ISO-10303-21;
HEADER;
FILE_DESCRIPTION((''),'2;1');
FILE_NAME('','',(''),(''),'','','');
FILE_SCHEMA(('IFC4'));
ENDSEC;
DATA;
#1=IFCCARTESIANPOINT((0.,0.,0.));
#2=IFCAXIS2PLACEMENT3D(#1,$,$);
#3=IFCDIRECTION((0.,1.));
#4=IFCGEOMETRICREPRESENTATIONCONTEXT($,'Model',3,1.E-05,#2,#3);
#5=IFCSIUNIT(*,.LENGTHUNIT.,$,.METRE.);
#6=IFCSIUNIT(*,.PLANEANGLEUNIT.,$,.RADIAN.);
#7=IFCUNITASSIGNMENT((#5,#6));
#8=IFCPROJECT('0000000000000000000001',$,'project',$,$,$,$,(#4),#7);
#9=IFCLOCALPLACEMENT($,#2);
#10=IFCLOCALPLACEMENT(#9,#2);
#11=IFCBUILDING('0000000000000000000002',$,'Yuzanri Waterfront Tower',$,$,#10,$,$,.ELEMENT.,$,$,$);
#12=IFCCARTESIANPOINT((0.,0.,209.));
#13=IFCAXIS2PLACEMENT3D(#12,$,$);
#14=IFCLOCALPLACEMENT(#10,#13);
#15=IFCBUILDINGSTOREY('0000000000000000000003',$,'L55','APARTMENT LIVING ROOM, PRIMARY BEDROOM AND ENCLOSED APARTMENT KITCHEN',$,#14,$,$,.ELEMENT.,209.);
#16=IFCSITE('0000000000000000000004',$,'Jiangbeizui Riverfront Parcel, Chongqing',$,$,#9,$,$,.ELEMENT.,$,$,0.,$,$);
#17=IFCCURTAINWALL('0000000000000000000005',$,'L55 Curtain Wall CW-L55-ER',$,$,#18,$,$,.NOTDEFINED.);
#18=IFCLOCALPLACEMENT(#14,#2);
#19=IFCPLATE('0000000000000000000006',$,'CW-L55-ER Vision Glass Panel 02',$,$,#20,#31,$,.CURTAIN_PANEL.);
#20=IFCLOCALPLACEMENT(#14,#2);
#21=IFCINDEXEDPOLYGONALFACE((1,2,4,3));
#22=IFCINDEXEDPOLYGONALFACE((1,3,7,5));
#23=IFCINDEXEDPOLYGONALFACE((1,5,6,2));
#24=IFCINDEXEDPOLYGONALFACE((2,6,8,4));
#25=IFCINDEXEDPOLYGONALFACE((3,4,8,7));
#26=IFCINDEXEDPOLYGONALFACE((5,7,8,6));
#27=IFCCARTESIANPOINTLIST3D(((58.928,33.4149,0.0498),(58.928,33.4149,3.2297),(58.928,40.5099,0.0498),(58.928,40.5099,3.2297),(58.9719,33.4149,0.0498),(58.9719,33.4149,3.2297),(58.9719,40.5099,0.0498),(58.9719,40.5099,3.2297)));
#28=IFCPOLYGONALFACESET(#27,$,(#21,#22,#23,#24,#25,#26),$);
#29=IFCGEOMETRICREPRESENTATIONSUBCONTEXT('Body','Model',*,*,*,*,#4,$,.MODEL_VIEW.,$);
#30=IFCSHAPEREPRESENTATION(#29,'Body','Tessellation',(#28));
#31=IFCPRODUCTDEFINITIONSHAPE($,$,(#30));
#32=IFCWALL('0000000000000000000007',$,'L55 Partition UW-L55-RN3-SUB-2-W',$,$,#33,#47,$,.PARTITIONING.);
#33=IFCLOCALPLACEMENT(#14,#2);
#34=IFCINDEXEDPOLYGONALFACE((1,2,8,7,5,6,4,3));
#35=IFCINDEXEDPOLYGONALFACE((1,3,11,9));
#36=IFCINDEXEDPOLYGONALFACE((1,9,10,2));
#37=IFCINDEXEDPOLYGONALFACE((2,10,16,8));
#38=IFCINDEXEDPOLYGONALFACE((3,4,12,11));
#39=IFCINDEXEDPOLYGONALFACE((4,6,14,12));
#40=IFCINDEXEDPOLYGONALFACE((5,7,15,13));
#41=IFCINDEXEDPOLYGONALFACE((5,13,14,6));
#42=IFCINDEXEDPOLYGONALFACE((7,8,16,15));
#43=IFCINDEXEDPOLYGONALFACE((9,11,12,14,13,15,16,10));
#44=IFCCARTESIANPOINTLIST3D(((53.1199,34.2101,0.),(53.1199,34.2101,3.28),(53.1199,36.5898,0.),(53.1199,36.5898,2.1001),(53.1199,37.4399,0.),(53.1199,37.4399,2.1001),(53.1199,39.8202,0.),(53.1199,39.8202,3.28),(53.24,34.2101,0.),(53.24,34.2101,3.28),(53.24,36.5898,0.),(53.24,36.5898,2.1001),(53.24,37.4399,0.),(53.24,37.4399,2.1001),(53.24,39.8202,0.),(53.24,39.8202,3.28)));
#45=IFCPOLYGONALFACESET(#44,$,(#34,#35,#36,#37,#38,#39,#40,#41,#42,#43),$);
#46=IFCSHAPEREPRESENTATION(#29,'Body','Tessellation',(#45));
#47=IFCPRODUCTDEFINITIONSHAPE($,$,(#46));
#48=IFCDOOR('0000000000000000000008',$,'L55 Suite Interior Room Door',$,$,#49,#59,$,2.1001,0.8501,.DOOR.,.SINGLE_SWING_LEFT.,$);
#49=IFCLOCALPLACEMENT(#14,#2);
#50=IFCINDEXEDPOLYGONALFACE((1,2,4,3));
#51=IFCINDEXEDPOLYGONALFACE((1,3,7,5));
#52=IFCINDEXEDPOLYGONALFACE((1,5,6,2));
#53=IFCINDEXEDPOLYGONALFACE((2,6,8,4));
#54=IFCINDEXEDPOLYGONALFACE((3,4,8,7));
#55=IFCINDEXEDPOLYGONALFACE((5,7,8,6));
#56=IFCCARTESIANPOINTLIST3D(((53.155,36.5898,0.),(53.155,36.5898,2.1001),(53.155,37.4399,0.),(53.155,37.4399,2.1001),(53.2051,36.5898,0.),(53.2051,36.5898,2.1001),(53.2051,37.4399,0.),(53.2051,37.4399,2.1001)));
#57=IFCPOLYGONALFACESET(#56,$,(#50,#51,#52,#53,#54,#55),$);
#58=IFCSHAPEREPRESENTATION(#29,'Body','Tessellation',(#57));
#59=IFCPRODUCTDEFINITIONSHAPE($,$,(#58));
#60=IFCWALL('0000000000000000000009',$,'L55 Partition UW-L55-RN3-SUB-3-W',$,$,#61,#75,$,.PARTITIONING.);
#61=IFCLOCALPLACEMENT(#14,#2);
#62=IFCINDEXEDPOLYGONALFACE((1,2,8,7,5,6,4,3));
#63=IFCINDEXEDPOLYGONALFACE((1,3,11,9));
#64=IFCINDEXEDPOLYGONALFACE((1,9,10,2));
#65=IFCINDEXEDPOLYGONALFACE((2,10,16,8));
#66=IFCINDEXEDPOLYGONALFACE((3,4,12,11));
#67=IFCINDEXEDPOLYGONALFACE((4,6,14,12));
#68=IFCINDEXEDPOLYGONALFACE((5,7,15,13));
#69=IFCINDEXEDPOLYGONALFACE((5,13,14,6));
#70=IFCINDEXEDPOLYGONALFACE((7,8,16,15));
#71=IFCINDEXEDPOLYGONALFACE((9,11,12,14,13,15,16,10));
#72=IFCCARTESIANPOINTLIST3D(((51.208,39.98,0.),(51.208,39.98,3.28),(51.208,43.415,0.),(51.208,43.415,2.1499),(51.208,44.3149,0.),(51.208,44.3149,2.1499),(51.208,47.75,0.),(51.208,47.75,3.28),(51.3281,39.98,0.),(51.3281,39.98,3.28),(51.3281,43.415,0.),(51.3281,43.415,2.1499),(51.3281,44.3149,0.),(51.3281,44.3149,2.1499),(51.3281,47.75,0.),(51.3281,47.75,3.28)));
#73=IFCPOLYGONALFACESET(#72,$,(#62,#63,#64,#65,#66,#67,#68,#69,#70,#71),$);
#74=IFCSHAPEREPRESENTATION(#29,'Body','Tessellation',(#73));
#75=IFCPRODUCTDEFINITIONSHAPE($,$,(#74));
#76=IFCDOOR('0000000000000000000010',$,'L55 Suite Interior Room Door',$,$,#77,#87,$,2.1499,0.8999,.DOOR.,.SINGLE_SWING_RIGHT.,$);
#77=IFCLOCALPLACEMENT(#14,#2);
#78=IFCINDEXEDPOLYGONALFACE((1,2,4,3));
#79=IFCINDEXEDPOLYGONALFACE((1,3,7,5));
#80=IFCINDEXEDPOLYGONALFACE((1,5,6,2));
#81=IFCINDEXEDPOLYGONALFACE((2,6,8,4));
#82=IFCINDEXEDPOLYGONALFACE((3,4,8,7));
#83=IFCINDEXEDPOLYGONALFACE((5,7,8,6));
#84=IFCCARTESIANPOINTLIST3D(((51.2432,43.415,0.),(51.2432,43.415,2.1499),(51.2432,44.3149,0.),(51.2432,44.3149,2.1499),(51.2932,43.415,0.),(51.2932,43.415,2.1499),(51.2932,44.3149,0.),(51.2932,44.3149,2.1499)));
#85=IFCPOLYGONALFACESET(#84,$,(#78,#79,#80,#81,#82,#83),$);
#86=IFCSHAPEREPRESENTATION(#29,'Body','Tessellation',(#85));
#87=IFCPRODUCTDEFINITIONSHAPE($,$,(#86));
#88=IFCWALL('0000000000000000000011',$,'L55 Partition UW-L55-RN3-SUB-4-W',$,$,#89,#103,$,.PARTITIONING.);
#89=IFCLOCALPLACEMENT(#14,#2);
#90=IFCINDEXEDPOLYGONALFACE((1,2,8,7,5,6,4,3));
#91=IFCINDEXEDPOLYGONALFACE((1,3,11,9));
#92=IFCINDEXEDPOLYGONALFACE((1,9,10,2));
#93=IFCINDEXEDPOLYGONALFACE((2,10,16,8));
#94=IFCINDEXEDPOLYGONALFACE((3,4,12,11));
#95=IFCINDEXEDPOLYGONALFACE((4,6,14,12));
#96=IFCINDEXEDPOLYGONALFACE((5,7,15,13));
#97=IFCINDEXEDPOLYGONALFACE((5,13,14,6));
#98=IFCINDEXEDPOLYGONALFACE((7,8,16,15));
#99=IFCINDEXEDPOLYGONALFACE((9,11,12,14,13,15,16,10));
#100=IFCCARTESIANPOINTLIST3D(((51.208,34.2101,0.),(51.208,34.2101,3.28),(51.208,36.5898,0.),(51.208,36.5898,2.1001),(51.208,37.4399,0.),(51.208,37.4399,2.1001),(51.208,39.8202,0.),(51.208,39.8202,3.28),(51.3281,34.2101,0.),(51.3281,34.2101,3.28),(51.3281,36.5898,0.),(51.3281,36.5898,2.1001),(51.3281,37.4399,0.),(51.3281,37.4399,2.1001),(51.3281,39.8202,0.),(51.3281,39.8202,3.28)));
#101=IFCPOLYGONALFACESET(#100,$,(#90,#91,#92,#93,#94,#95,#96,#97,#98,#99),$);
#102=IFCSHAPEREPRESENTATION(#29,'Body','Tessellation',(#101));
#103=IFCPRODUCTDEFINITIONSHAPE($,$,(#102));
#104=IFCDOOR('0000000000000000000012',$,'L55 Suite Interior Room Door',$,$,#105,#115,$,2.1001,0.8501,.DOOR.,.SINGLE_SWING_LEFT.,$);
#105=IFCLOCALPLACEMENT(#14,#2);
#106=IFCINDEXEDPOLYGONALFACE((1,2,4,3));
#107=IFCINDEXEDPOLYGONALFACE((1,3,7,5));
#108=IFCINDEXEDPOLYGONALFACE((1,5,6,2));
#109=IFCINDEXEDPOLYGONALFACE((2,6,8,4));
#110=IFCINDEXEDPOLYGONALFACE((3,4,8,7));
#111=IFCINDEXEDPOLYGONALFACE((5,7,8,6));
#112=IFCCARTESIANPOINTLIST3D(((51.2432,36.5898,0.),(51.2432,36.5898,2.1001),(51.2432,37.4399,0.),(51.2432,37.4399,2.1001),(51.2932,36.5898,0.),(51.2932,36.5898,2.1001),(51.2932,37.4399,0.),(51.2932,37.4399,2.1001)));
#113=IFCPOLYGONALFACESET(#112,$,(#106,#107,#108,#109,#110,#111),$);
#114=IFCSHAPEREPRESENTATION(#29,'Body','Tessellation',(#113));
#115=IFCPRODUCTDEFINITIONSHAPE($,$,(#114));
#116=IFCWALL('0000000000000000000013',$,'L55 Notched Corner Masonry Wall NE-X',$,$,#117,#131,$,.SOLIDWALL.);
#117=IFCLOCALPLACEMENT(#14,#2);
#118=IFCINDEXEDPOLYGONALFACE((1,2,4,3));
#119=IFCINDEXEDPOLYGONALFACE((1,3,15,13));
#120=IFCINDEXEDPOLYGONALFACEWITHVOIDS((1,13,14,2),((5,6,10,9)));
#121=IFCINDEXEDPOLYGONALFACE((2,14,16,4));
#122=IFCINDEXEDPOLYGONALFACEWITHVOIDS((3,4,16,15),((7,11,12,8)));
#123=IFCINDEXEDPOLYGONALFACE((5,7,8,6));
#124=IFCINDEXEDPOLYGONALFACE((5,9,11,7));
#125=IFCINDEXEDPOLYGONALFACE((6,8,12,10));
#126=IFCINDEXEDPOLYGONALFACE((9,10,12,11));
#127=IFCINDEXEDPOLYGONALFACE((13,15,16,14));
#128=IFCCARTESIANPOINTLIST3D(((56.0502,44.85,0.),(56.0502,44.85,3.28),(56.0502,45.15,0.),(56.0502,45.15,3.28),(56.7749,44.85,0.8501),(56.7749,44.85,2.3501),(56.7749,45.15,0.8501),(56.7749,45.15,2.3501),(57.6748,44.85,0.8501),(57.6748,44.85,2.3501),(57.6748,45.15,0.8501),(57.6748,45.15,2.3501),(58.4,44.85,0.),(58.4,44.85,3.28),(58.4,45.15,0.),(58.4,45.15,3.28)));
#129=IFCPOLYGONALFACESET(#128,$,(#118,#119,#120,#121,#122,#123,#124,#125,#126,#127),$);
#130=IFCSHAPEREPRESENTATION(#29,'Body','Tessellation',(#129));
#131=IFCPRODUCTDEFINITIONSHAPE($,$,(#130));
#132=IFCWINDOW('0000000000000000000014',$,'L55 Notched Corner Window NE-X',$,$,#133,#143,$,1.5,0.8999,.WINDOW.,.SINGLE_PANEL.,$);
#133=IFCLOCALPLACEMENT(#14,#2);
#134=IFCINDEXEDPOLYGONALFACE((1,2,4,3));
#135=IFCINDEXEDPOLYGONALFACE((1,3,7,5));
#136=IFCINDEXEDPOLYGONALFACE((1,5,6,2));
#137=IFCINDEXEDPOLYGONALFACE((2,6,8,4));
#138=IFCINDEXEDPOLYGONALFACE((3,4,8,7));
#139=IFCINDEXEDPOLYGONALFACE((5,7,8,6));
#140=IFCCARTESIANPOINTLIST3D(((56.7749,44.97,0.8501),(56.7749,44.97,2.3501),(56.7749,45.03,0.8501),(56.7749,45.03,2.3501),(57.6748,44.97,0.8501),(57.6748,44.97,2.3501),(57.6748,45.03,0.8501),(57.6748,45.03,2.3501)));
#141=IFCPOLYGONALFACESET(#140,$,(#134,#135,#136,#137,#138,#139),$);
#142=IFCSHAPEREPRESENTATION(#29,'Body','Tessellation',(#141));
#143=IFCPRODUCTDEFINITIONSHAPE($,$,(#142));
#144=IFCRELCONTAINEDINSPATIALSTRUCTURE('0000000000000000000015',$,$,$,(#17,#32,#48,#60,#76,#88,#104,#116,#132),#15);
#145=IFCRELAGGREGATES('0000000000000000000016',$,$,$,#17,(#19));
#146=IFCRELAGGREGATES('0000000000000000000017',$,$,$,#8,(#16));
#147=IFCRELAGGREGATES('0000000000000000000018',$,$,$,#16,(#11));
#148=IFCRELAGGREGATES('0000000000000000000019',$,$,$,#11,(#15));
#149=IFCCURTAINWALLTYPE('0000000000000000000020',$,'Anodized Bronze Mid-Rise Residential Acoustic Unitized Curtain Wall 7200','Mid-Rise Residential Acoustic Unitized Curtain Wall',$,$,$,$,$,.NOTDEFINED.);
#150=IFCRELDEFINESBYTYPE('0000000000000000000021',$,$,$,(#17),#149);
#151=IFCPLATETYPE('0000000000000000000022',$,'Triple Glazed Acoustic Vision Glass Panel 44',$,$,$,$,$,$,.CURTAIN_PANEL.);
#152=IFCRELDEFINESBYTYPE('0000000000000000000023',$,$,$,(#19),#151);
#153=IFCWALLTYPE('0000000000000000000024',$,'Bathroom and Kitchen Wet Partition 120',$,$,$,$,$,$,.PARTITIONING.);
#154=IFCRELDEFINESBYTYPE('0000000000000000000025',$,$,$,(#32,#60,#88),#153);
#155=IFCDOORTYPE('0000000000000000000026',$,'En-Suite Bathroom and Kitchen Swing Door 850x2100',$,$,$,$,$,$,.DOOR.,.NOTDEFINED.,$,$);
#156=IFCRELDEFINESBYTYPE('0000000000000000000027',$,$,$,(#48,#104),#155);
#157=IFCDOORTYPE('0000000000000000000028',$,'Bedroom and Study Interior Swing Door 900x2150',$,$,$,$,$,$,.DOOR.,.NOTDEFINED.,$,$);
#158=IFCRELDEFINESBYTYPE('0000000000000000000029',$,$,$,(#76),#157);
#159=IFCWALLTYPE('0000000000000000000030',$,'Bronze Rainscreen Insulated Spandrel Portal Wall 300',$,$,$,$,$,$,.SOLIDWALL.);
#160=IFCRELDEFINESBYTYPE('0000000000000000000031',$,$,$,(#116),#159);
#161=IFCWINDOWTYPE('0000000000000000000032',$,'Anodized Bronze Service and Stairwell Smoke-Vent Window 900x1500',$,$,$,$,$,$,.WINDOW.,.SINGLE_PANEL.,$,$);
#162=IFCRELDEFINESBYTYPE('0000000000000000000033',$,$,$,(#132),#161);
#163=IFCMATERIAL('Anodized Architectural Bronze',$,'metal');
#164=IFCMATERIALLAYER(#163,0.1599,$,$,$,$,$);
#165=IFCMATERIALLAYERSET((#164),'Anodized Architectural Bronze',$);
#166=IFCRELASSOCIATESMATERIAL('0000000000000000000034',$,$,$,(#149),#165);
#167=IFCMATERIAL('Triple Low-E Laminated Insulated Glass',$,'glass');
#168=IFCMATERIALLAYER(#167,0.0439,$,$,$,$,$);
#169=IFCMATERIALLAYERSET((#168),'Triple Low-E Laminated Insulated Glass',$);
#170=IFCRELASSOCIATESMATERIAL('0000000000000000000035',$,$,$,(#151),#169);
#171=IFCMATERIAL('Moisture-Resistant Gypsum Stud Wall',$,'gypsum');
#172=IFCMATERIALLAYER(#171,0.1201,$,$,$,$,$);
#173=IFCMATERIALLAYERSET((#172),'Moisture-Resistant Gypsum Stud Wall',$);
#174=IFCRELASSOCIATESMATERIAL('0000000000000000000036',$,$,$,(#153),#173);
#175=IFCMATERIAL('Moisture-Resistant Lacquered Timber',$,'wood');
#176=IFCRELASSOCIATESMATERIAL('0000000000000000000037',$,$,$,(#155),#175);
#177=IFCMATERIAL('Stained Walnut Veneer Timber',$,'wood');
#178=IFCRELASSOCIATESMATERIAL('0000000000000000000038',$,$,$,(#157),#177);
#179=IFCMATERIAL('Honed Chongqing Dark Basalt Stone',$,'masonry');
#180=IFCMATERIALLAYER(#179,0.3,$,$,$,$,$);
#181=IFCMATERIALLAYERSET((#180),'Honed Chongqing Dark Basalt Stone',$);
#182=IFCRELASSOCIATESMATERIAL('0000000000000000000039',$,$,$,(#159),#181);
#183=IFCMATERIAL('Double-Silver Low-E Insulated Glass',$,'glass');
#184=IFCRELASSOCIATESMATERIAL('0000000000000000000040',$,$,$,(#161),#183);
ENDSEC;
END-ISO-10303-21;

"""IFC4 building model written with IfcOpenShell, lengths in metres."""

from ifc_helpers import new_model, si_unit, direction, frame, frame_2d, origin, origin_2d, place, context, subcontext, project, spatial, rectangle, extrude, source, transform, mapped, material, layer, layer_set, type_object, element, fill, aggregate, save


model = new_model("IFC4")

# Units and contexts
model_context = context("Model", 3, precision=1e-05, world=origin(), true_north=direction((0.0, 1.0)))
body_context = subcontext(model_context, "Body", "Model", "MODEL_VIEW")
ifc_project = project(units=[si_unit("LENGTHUNIT", "METRE"), si_unit("PLANEANGLEUNIT", "RADIAN")], contexts=[model_context])

# Site, building, storey
site_placement = place(None, origin())
site = spatial("IfcSite", under=ifc_project, at=site_placement, Name="Jiangbeizui Riverfront Parcel, Chongqing", CompositionType="ELEMENT", RefElevation=0.0)
building_placement = place(site_placement, origin())
building = spatial("IfcBuilding", under=site, at=building_placement, Name="Yuzanri Waterfront Tower", CompositionType="ELEMENT")
storey_placement = place(building_placement, frame((0.0, 0.0, 209.0)))
storey = spatial("IfcBuildingStorey", under=building, at=storey_placement, Name="L55", Description="APARTMENT LIVING ROOM, PRIMARY BEDROOM AND ENCLOSED APARTMENT KITCHEN", CompositionType="ELEMENT", Elevation=209.0)

# Curtain wall
ifc_material_1 = material(Name="Anodized Architectural Bronze", Category="metal")
ifc_layer_1 = layer(ifc_material_1, 0.1599)
ifc_layer_set_1 = layer_set([ifc_layer_1], Name="Anodized Architectural Bronze")
curtain_wall_type = type_object("IfcCurtainWallType", Name="Anodized Bronze Mid-Rise Residential Acoustic Unitized Curtain Wall 7200", Description="Mid-Rise Residential Acoustic Unitized Curtain Wall", PredefinedType="NOTDEFINED", material=ifc_layer_set_1)
curtain_wall_1_placement = place(storey_placement, origin())
curtain_wall_1 = element("IfcCurtainWall", 1, at=curtain_wall_1_placement, inside=storey, type_object=curtain_wall_type, Name="L55 Curtain Wall CW-L55-ER", PredefinedType="NOTDEFINED")

# Plate
ifc_material_2 = material(Name="Triple Low-E Laminated Insulated Glass", Category="glass")
ifc_layer_2 = layer(ifc_material_2, 0.0439)
ifc_layer_set_2 = layer_set([ifc_layer_2], Name="Triple Low-E Laminated Insulated Glass")
plate_type_1 = type_object("IfcPlateType", Name="Triple Glazed Acoustic Vision Glass Panel 44", PredefinedType="CURTAIN_PANEL", material=ifc_layer_set_2)
shared_shape_1 = source(origin(), body_context, "Body", "SweptSolid", [
    extrude(rectangle(XDim=7.095, YDim=0.0439, at=origin_2d()), origin(), (0.0, 0.0, 1.0), 3.1799),
])
plate_placement = place(storey_placement, frame((58.95, 36.9624, 0.0498), z_axis=(0.0, 0.0, 1.0), x_axis=(0.0, 1.0, 0.0)))
plate = element("IfcPlate", 2, at=plate_placement, type_object=plate_type_1, Name="CW-L55-ER Vision Glass Panel 02", PredefinedType="CURTAIN_PANEL", context=body_context, shape_type="MappedRepresentation", body=[
    mapped(shared_shape_1, transform((0.0, 0.0, 0.0), scale=1.0)),
])
aggregate(curtain_wall_1, [plate])

# Walls, openings, doors
ifc_material_3 = material(Name="Moisture-Resistant Gypsum Stud Wall", Category="gypsum")
ifc_layer_3 = layer(ifc_material_3, 0.1201)
ifc_layer_set_3 = layer_set([ifc_layer_3], Name="Moisture-Resistant Gypsum Stud Wall")
wall_type_1 = type_object("IfcWallType", Name="Bathroom and Kitchen Wet Partition 120", PredefinedType="PARTITIONING", material=ifc_layer_set_3)
wall_1_placement = place(storey_placement, frame((53.1799, 34.21, 0.0), z_axis=(0.0, 0.0, 1.0), x_axis=(0.0, 1.0, 0.0)))
wall_1 = element("IfcWall", 3, at=wall_1_placement, inside=storey, type_object=wall_type_1, Name="L55 Partition UW-L55-RN3-SUB-2-W", PredefinedType="PARTITIONING", context=body_context, shape_type="SweptSolid", body=[
    extrude(rectangle(XDim=5.6101, YDim=0.1201, at=frame_2d((2.8052, 0.0))), origin(), (0.0, 0.0, 1.0), 3.28),
])
opening_1_placement = place(wall_1_placement, frame((2.3799, 0.0, 0.0)))
opening_1 = element("IfcOpeningElement", 4, at=opening_1_placement, cuts=wall_1, PredefinedType="OPENING", context=body_context, shape_type="SweptSolid", body=[
    extrude(rectangle(XDim=0.8501, YDim=2.1001, at=frame_2d((0.425, 1.05))), frame((0.0, 0.075, 0.0), z_axis=(0.0, -1.0, 0.0), x_axis=(1.0, 0.0, 0.0)), (0.0, 0.0, 1.0), 0.1499),
])
ifc_material_4 = material(Name="Moisture-Resistant Lacquered Timber", Category="wood")
door_type_1 = type_object("IfcDoorType", Name="En-Suite Bathroom and Kitchen Swing Door 850x2100", OperationType="NOTDEFINED", PredefinedType="DOOR", material=ifc_material_4)
shared_shape_2 = source(origin(), body_context, "Body", "SweptSolid", [
    extrude(rectangle(XDim=0.8501, YDim=2.1001, at=frame_2d((0.425, 1.05))), frame((0.0, 0.0249, 0.0), z_axis=(0.0, -1.0, 0.0), x_axis=(1.0, 0.0, 0.0)), (0.0, 0.0, 1.0), 0.05),
])
door_1_placement = place(opening_1_placement, origin())
door_1 = element("IfcDoor", 5, at=door_1_placement, inside=storey, type_object=door_type_1, Name="L55 Suite Interior Room Door", OperationType="SINGLE_SWING_LEFT", OverallHeight=2.1001, OverallWidth=0.8501, PredefinedType="DOOR", context=body_context, shape_type="MappedRepresentation", body=[
    mapped(shared_shape_2, transform((0.0, 0.0, 0.0), scale=1.0)),
])
fill(opening_1, door_1)
wall_2_placement = place(storey_placement, frame((51.2681, 39.98, 0.0), z_axis=(0.0, 0.0, 1.0), x_axis=(0.0, 1.0, 0.0)))
wall_2 = element("IfcWall", 6, at=wall_2_placement, inside=storey, type_object=wall_type_1, Name="L55 Partition UW-L55-RN3-SUB-3-W", PredefinedType="PARTITIONING", context=body_context, shape_type="SweptSolid", body=[
    extrude(rectangle(XDim=7.77, YDim=0.1201, at=frame_2d((3.885, 0.0))), origin(), (0.0, 0.0, 1.0), 3.28),
])
opening_2_placement = place(wall_2_placement, frame((3.4351, 0.0, 0.0)))
opening_2 = element("IfcOpeningElement", 7, at=opening_2_placement, cuts=wall_2, PredefinedType="OPENING", context=body_context, shape_type="SweptSolid", body=[
    extrude(rectangle(XDim=0.8999, YDim=2.1499, at=frame_2d((0.45, 1.075))), frame((0.0, 0.075, 0.0), z_axis=(0.0, -1.0, 0.0), x_axis=(1.0, 0.0, 0.0)), (0.0, 0.0, 1.0), 0.1499),
])
ifc_material_5 = material(Name="Stained Walnut Veneer Timber", Category="wood")
door_type_2 = type_object("IfcDoorType", Name="Bedroom and Study Interior Swing Door 900x2150", OperationType="NOTDEFINED", PredefinedType="DOOR", material=ifc_material_5)
shared_shape_3 = source(origin(), body_context, "Body", "SweptSolid", [
    extrude(rectangle(XDim=0.8999, YDim=2.1499, at=frame_2d((0.45, 1.075))), frame((0.0, 0.0249, 0.0), z_axis=(0.0, -1.0, 0.0), x_axis=(1.0, 0.0, 0.0)), (0.0, 0.0, 1.0), 0.05),
])
door_2_placement = place(opening_2_placement, origin())
door_2 = element("IfcDoor", 8, at=door_2_placement, inside=storey, type_object=door_type_2, Name="L55 Suite Interior Room Door", OperationType="SINGLE_SWING_RIGHT", OverallHeight=2.1499, OverallWidth=0.8999, PredefinedType="DOOR", context=body_context, shape_type="MappedRepresentation", body=[
    mapped(shared_shape_3, transform((0.0, 0.0, 0.0), scale=1.0)),
])
fill(opening_2, door_2)
wall_3_placement = place(storey_placement, frame((51.2681, 34.21, 0.0), z_axis=(0.0, 0.0, 1.0), x_axis=(0.0, 1.0, 0.0)))
wall_3 = element("IfcWall", 9, at=wall_3_placement, inside=storey, type_object=wall_type_1, Name="L55 Partition UW-L55-RN3-SUB-4-W", PredefinedType="PARTITIONING", context=body_context, shape_type="SweptSolid", body=[
    extrude(rectangle(XDim=5.6101, YDim=0.1201, at=frame_2d((2.8052, 0.0))), origin(), (0.0, 0.0, 1.0), 3.28),
])
opening_3_placement = place(wall_3_placement, frame((2.3799, 0.0, 0.0)))
opening_3 = element("IfcOpeningElement", 10, at=opening_3_placement, cuts=wall_3, PredefinedType="OPENING", context=body_context, shape_type="SweptSolid", body=[
    extrude(rectangle(XDim=0.8501, YDim=2.1001, at=frame_2d((0.425, 1.05))), frame((0.0, 0.075, 0.0), z_axis=(0.0, -1.0, 0.0), x_axis=(1.0, 0.0, 0.0)), (0.0, 0.0, 1.0), 0.1499),
])
door_3_placement = place(opening_3_placement, origin())
door_3 = element("IfcDoor", 11, at=door_3_placement, inside=storey, type_object=door_type_1, Name="L55 Suite Interior Room Door", OperationType="SINGLE_SWING_LEFT", OverallHeight=2.1001, OverallWidth=0.8501, PredefinedType="DOOR", context=body_context, shape_type="MappedRepresentation", body=[
    mapped(shared_shape_2, transform((0.0, 0.0, 0.0), scale=1.0)),
])
fill(opening_3, door_3)

# Wall, opening, window
ifc_material_6 = material(Name="Honed Chongqing Dark Basalt Stone", Category="masonry")
ifc_layer_4 = layer(ifc_material_6, 0.3)
ifc_layer_set_4 = layer_set([ifc_layer_4], Name="Honed Chongqing Dark Basalt Stone")
wall_type_2 = type_object("IfcWallType", Name="Bronze Rainscreen Insulated Spandrel Portal Wall 300", PredefinedType="SOLIDWALL", material=ifc_layer_set_4)
wall_4_placement = place(storey_placement, frame((58.3999, 45.0, 0.0), z_axis=(0.0, 0.0, 1.0), x_axis=(-1.0, 0.0, 0.0)))
wall_4 = element("IfcWall", 12, at=wall_4_placement, inside=storey, type_object=wall_type_2, Name="L55 Notched Corner Masonry Wall NE-X", PredefinedType="SOLIDWALL", context=body_context, shape_type="SweptSolid", body=[
    extrude(rectangle(XDim=2.3499, YDim=0.3, at=frame_2d((1.1748, 0.0))), origin(), (0.0, 0.0, 1.0), 3.28),
])
opening_4_placement = place(wall_4_placement, frame((0.7251, 0.0, 0.8501)))
opening_4 = element("IfcOpeningElement", 13, at=opening_4_placement, cuts=wall_4, PredefinedType="OPENING", context=body_context, shape_type="SweptSolid", body=[
    extrude(rectangle(XDim=0.8999, YDim=1.5, at=frame_2d((0.45, 0.75))), frame((0.0, 0.165, 0.0), z_axis=(0.0, -1.0, 0.0), x_axis=(1.0, 0.0, 0.0)), (0.0, 0.0, 1.0), 0.3298),
])
ifc_material_7 = material(Name="Double-Silver Low-E Insulated Glass", Category="glass")
window_type_1 = type_object("IfcWindowType", Name="Anodized Bronze Service and Stairwell Smoke-Vent Window 900x1500", PartitioningType="SINGLE_PANEL", PredefinedType="WINDOW", material=ifc_material_7)
shared_shape_4 = source(origin(), body_context, "Body", "SweptSolid", [
    extrude(rectangle(XDim=0.8999, YDim=1.5, at=frame_2d((0.45, 0.75))), frame((0.0, 0.03, 0.0), z_axis=(0.0, -1.0, 0.0), x_axis=(1.0, 0.0, 0.0)), (0.0, 0.0, 1.0), 0.0601),
])
window_1_placement = place(opening_4_placement, origin())
window_1 = element("IfcWindow", 14, at=window_1_placement, inside=storey, type_object=window_type_1, Name="L55 Notched Corner Window NE-X", OverallHeight=1.5, OverallWidth=0.8999, PartitioningType="SINGLE_PANEL", PredefinedType="WINDOW", context=body_context, shape_type="MappedRepresentation", body=[
    mapped(shared_shape_4, transform((0.0, 0.0, 0.0), scale=1.0)),
])
fill(opening_4, window_1)

save(model, "model.ifc")
